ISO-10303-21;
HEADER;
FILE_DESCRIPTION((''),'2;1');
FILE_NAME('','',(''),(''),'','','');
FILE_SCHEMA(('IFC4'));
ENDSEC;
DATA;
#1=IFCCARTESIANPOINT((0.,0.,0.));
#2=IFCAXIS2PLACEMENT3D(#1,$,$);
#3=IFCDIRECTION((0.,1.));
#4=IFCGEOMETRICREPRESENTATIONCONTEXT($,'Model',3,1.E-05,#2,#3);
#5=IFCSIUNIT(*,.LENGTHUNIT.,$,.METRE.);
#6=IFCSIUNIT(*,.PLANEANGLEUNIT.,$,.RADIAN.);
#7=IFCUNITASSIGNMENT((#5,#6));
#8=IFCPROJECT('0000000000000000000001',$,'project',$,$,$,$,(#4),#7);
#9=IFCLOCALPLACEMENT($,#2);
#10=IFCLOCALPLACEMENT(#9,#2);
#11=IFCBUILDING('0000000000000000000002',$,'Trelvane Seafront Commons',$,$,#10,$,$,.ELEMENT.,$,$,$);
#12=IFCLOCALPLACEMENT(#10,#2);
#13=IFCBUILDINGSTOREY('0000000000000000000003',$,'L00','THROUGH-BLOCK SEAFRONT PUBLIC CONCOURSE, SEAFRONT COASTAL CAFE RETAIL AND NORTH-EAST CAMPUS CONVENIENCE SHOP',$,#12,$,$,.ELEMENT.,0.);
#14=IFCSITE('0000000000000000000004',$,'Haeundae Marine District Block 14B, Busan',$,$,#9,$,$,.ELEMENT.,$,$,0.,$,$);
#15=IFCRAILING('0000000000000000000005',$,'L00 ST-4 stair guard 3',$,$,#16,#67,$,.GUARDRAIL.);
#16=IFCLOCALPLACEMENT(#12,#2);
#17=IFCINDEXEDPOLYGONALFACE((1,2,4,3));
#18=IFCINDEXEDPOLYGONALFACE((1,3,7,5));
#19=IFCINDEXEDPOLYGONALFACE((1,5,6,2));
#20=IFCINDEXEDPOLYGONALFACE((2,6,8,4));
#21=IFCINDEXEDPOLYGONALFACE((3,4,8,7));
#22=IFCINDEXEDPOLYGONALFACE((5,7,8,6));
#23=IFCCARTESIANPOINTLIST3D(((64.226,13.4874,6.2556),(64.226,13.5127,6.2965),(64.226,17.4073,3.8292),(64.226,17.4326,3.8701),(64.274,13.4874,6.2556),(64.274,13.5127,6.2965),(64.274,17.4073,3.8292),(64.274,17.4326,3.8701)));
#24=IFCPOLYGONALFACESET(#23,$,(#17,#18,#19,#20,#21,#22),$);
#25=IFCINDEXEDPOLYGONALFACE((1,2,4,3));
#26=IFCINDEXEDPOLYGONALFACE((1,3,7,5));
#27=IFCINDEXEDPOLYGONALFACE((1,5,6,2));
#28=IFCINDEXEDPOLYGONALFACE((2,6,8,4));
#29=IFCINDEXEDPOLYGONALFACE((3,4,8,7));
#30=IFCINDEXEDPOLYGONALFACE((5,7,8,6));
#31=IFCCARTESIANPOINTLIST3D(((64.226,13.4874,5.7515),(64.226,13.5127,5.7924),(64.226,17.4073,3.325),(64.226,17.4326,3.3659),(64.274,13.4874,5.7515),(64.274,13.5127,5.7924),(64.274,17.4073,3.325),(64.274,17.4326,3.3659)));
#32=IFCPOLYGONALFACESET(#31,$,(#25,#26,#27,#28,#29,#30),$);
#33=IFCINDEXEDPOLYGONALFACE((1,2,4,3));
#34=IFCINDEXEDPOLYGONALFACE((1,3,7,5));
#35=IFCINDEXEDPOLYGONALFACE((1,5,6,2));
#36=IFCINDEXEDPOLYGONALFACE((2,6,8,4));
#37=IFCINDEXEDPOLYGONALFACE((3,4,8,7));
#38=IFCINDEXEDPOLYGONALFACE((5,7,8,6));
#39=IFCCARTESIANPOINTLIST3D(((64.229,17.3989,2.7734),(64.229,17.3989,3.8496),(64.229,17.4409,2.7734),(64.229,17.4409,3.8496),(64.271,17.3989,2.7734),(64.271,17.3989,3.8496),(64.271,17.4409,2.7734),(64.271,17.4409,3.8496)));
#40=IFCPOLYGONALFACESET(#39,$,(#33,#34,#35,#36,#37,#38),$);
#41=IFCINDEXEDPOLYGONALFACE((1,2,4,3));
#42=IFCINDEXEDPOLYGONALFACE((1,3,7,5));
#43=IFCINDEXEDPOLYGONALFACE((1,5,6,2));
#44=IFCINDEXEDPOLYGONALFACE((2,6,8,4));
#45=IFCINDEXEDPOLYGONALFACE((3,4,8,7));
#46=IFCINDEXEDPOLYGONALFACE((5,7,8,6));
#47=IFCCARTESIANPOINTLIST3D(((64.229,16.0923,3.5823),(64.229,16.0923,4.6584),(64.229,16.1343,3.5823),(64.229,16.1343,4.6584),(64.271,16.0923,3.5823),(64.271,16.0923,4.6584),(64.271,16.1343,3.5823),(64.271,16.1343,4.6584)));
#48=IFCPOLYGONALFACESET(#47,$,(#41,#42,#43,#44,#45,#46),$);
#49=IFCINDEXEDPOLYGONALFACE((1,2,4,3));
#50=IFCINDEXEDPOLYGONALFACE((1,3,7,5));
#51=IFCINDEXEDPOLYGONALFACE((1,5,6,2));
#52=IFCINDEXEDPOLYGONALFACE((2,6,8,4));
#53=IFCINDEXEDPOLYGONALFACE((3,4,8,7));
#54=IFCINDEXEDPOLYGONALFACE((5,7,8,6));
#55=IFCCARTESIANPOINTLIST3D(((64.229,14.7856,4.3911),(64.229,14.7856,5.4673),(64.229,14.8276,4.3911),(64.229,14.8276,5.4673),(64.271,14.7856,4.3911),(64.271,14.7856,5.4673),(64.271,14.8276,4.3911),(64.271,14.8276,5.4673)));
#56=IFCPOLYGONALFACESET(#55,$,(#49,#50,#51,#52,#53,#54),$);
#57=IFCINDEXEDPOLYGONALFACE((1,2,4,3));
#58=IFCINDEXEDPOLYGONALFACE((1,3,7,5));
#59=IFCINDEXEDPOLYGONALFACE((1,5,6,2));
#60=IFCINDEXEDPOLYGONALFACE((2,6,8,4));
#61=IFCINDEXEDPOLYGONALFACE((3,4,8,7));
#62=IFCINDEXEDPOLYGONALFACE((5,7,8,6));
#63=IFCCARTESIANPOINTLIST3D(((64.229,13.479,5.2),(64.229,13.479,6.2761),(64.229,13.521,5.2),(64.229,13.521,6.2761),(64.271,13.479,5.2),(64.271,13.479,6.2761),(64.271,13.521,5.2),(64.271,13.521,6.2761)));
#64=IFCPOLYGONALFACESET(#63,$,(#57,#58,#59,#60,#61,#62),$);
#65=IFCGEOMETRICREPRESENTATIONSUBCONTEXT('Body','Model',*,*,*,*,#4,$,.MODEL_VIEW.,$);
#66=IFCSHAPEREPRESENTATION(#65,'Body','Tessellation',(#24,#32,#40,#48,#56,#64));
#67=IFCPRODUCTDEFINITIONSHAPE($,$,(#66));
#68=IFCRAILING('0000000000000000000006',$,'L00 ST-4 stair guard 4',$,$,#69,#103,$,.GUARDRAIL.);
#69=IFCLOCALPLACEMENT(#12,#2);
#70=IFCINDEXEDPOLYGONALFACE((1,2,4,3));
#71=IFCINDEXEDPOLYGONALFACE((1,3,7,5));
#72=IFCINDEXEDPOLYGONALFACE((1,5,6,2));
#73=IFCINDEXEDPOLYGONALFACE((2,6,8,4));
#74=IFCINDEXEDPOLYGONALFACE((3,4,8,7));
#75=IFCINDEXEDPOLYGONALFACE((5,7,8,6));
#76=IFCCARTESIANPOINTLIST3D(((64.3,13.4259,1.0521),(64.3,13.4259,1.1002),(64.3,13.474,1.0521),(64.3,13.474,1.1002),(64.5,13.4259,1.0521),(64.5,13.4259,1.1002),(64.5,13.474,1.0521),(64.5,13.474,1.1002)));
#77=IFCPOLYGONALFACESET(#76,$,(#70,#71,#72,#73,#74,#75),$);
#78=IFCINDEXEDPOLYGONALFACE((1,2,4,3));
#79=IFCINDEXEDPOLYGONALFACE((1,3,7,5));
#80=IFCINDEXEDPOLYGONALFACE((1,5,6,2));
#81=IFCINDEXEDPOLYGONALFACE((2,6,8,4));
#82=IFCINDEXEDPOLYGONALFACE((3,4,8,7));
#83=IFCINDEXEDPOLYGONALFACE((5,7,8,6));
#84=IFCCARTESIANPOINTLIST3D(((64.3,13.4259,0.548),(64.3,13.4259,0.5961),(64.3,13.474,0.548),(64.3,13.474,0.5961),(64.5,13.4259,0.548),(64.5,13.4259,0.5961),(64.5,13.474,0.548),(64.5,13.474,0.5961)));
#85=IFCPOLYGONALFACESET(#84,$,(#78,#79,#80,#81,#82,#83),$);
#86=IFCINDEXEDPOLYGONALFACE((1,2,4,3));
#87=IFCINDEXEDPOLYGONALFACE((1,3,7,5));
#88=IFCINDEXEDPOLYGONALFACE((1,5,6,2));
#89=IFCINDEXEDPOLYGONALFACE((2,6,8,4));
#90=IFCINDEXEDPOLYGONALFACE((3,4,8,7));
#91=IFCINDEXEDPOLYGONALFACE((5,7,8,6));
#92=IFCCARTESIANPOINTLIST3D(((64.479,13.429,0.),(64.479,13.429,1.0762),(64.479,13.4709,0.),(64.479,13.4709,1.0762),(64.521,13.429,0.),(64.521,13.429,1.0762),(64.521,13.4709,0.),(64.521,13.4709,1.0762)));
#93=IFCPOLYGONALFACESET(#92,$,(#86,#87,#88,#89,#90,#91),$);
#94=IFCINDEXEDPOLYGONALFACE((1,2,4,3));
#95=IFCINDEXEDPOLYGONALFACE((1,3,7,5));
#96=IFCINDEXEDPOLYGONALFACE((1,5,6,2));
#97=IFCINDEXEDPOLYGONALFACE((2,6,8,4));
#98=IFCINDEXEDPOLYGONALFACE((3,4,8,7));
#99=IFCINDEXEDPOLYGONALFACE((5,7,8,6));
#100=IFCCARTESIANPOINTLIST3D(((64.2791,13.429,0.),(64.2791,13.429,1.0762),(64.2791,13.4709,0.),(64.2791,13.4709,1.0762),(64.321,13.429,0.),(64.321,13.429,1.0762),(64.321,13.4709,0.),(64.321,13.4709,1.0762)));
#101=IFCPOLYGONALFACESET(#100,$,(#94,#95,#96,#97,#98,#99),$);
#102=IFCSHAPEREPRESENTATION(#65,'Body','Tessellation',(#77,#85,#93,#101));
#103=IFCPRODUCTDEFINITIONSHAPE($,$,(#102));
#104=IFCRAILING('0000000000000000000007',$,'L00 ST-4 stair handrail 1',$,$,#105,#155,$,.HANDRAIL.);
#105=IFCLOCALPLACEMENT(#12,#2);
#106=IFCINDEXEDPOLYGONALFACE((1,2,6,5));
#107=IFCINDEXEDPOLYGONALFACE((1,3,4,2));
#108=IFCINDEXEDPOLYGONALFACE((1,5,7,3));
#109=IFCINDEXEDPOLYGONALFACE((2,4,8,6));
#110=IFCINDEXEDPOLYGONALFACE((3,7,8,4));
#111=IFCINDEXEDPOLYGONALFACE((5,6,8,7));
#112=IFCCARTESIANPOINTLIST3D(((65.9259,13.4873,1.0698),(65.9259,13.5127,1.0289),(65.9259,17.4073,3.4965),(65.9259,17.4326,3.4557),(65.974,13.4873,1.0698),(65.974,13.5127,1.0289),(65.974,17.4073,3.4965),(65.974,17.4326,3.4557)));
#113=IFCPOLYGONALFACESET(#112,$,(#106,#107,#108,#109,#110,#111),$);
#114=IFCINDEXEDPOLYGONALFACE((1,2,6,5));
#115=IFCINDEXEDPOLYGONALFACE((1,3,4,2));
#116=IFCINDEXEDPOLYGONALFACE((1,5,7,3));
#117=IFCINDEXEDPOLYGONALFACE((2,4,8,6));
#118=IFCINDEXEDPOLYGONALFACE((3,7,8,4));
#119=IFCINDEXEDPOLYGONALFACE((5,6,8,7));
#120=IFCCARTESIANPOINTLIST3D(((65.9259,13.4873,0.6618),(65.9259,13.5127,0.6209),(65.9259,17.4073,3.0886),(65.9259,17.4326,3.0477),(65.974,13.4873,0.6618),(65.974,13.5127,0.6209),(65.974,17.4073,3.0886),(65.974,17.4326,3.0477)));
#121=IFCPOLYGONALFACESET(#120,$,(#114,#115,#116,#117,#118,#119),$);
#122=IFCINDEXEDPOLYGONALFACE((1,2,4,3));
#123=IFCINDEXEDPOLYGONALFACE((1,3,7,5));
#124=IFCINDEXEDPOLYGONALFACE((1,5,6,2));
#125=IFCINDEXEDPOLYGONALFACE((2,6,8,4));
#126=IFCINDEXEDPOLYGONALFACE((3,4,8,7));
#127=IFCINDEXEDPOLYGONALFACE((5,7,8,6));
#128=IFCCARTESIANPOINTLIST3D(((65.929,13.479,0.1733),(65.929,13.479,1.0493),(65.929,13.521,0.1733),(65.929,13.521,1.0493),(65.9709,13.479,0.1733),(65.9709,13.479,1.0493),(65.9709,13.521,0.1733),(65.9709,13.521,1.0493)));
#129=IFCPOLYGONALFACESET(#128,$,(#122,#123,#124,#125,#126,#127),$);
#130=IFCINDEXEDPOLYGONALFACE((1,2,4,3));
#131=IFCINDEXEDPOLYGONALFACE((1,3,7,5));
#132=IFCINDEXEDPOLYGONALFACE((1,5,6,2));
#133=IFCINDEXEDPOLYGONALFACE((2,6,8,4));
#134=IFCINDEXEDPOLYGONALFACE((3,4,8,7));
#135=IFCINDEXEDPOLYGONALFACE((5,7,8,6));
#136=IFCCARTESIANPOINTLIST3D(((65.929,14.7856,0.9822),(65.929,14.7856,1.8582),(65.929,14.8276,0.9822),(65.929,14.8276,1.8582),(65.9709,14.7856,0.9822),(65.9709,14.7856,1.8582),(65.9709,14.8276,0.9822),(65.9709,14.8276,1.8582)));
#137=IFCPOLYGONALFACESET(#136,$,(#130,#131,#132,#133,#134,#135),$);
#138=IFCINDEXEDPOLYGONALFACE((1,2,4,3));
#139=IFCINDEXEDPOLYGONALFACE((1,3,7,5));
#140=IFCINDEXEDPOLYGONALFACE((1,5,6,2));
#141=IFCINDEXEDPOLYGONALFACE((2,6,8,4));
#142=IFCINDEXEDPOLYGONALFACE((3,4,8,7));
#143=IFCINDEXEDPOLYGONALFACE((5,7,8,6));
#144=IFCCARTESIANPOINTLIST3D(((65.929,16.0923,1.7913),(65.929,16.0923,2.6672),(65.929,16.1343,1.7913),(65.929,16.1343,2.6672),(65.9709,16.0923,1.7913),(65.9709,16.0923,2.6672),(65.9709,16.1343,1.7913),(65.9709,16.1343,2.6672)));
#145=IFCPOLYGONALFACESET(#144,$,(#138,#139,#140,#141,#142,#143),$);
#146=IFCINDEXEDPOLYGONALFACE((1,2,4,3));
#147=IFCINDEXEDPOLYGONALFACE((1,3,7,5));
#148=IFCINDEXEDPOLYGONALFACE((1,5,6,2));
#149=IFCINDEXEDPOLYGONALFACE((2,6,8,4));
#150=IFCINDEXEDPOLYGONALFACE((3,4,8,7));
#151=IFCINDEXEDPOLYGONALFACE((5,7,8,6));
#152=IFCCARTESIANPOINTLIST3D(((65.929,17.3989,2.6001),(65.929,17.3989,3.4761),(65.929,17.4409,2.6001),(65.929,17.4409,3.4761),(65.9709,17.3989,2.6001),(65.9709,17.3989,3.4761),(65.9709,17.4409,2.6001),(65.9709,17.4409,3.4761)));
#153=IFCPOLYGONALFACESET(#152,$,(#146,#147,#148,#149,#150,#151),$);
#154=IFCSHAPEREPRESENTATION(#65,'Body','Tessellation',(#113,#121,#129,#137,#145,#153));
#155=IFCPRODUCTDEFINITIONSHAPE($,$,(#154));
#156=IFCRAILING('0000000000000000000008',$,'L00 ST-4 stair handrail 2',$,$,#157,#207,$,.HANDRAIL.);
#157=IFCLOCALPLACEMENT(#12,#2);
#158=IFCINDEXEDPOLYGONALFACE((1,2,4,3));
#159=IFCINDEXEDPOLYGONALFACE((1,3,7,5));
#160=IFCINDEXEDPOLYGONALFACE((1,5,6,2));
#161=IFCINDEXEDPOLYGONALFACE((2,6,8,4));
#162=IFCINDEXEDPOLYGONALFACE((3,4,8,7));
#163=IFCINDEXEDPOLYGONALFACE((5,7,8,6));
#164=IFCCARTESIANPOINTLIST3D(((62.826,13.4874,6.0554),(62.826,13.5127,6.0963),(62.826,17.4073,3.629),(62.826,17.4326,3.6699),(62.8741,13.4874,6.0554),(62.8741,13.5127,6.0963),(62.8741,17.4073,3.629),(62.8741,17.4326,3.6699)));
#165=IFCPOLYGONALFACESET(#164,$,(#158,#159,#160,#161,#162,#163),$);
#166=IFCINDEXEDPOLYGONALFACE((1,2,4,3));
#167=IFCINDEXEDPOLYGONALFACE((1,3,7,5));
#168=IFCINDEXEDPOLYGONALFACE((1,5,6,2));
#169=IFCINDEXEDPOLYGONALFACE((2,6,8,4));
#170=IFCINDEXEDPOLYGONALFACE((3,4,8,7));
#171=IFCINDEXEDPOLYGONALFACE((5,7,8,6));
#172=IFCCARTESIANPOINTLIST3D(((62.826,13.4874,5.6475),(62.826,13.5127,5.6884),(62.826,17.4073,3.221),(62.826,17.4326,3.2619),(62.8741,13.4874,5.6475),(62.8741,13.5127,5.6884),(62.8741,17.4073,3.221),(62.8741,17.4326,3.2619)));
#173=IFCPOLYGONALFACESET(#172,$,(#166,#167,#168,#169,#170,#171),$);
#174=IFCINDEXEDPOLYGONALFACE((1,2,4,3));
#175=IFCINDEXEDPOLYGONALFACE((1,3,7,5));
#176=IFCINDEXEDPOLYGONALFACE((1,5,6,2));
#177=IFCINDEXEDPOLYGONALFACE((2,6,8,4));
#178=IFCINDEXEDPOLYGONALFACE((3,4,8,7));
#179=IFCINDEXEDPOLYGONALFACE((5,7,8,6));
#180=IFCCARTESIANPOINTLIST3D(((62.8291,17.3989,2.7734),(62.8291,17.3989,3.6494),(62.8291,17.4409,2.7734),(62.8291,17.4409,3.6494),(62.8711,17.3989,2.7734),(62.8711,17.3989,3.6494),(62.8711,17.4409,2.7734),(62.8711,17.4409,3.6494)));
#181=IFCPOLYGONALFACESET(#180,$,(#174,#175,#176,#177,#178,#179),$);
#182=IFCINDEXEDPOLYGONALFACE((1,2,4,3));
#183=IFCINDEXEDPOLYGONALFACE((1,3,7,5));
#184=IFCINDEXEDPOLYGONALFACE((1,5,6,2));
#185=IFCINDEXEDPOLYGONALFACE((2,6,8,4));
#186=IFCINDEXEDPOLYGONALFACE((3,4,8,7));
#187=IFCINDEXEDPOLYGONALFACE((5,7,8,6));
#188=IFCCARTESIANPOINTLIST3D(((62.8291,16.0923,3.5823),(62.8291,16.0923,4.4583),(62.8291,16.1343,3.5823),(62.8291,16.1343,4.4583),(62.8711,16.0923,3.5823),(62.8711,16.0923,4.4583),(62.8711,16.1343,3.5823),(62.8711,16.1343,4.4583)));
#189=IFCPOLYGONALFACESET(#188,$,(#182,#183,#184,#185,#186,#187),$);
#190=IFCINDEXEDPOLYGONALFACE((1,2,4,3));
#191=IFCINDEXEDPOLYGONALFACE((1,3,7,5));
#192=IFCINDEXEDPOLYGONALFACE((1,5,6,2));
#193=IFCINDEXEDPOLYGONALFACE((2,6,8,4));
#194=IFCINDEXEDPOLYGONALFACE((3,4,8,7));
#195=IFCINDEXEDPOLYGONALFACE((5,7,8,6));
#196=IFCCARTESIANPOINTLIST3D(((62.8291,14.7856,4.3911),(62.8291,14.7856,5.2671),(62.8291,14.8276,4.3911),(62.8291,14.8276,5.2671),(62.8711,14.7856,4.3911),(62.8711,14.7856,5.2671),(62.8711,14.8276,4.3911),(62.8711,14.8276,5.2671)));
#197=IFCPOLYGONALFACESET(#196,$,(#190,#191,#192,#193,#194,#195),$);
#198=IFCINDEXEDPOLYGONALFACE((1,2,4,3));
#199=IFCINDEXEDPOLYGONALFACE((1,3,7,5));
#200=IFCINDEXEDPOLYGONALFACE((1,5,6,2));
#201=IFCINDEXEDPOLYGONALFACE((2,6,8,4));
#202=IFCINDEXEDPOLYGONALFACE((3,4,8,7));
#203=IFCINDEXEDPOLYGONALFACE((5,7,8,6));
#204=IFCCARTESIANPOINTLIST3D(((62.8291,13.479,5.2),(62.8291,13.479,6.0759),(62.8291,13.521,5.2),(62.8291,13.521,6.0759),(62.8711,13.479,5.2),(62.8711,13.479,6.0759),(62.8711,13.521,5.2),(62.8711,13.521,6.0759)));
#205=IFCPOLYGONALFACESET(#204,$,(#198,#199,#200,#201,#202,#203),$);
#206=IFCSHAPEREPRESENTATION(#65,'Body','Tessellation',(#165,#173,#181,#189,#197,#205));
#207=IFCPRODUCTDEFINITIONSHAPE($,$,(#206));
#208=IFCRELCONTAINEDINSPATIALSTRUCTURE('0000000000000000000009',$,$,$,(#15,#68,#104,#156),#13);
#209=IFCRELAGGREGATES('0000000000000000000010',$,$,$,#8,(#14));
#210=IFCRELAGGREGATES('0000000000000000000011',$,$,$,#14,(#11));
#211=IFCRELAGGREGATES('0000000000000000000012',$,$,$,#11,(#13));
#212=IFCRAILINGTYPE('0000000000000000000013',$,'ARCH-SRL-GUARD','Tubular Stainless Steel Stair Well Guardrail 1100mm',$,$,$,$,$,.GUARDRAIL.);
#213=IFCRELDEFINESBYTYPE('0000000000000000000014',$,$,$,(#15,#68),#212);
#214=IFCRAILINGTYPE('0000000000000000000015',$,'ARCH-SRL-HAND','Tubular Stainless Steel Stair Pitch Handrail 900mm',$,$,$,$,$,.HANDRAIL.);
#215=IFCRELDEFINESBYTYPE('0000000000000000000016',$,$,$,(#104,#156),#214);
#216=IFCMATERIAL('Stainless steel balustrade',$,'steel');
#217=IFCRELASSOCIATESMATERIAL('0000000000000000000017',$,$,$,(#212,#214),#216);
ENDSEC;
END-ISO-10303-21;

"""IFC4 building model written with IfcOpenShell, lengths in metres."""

from ifc_helpers import new_model, si_unit, direction, frame, origin, origin_2d, place, context, subcontext, project, spatial, rectangle, extrude, material, type_object, element, save


model = new_model("IFC4")

# Units and contexts
model_context = context("Model", 3, precision=1e-05, world=origin(), true_north=direction((0.0, 1.0)))
body_context = subcontext(model_context, "Body", "Model", "MODEL_VIEW")
ifc_project = project(units=[si_unit("LENGTHUNIT", "METRE"), si_unit("PLANEANGLEUNIT", "RADIAN")], contexts=[model_context])

# Site, building, storey
site_placement = place(None, origin())
site = spatial("IfcSite", under=ifc_project, at=site_placement, Name="Haeundae Marine District Block 14B, Busan", CompositionType="ELEMENT", RefElevation=0.0)
building_placement = place(site_placement, origin())
building = spatial("IfcBuilding", under=site, at=building_placement, Name="Trelvane Seafront Commons", CompositionType="ELEMENT")
storey_placement = place(building_placement, origin())
storey = spatial("IfcBuildingStorey", under=building, at=storey_placement, Name="L00", Description="THROUGH-BLOCK SEAFRONT PUBLIC CONCOURSE, SEAFRONT COASTAL CAFE RETAIL AND NORTH-EAST CAMPUS CONVENIENCE SHOP", CompositionType="ELEMENT", Elevation=0.0)

# Railings
ifc_material_1 = material(Name="Stainless steel balustrade", Category="steel")
railing_type_1 = type_object("IfcRailingType", Name="ARCH-SRL-GUARD", Description="Tubular Stainless Steel Stair Well Guardrail 1100mm", PredefinedType="GUARDRAIL", material=ifc_material_1)
railing_1_placement = place(storey_placement, frame((64.25, 17.4199, 2.7734)))
element("IfcRailing", 1, at=railing_1_placement, inside=storey, type_object=railing_type_1, Name="L00 ST-4 stair guard 3", PredefinedType="GUARDRAIL", context=body_context, shape_type="SweptSolid", body=[
    extrude(rectangle(XDim=0.0481, YDim=0.0481, at=origin_2d()), frame((0.0, 0.0, 1.0762), z_axis=(0.0, -0.850275, 0.526338), x_axis=(1.0, 0.0, 0.0)), (0.0, 0.0, 1.0), 4.6101),
    extrude(rectangle(XDim=0.0481, YDim=0.0481, at=origin_2d()), frame((0.0, 0.0, 0.572), z_axis=(0.0, -0.850275, 0.526338), x_axis=(1.0, 0.0, 0.0)), (0.0, 0.0, 1.0), 4.6101),
    extrude(rectangle(XDim=0.042, YDim=0.042, at=origin_2d()), origin(), (0.0, 0.0, 1.0), 1.0762),
    extrude(rectangle(XDim=0.042, YDim=0.042, at=origin_2d()), frame((0.0, -1.3066, 0.8088)), (0.0, 0.0, 1.0), 1.0762),
    extrude(rectangle(XDim=0.042, YDim=0.042, at=origin_2d()), frame((0.0, -2.6133, 1.6177)), (0.0, 0.0, 1.0), 1.0762),
    extrude(rectangle(XDim=0.042, YDim=0.042, at=origin_2d()), frame((0.0, -3.9199, 2.4265)), (0.0, 0.0, 1.0), 1.0762),
])
railing_2_placement = place(storey_placement, frame((64.5, 13.45, 0.0)))
element("IfcRailing", 2, at=railing_2_placement, inside=storey, type_object=railing_type_1, Name="L00 ST-4 stair guard 4", PredefinedType="GUARDRAIL", context=body_context, shape_type="SweptSolid", body=[
    extrude(rectangle(XDim=0.0481, YDim=0.0481, at=origin_2d()), frame((0.0, 0.0, 1.0762), z_axis=(-1.0, 0.0, 0.0), x_axis=(0.0, -1.0, 0.0)), (0.0, 0.0, 1.0), 0.2),
    extrude(rectangle(XDim=0.0481, YDim=0.0481, at=origin_2d()), frame((0.0, 0.0, 0.572), z_axis=(-1.0, 0.0, 0.0), x_axis=(0.0, -1.0, 0.0)), (0.0, 0.0, 1.0), 0.2),
    extrude(rectangle(XDim=0.042, YDim=0.042, at=origin_2d()), origin(), (0.0, 0.0, 1.0), 1.0762),
    extrude(rectangle(XDim=0.042, YDim=0.042, at=origin_2d()), frame((-0.2, 0.0, 0.0)), (0.0, 0.0, 1.0), 1.0762),
])
railing_type_2 = type_object("IfcRailingType", Name="ARCH-SRL-HAND", Description="Tubular Stainless Steel Stair Pitch Handrail 900mm", PredefinedType="HANDRAIL", material=ifc_material_1)
railing_3_placement = place(storey_placement, frame((65.95, 13.5, 0.1733)))
element("IfcRailing", 3, at=railing_3_placement, inside=storey, type_object=railing_type_2, Name="L00 ST-4 stair handrail 1", PredefinedType="HANDRAIL", context=body_context, shape_type="SweptSolid", body=[
    extrude(rectangle(XDim=0.0481, YDim=0.0481, at=origin_2d()), frame((0.0, 0.0, 0.876), z_axis=(0.0, 0.850252, 0.526376), x_axis=(-1.0, 0.0, 0.0)), (0.0, 0.0, 1.0), 4.6104),
    extrude(rectangle(XDim=0.0481, YDim=0.0481, at=origin_2d()), frame((0.0, 0.0, 0.468), z_axis=(0.0, 0.850252, 0.526376), x_axis=(-1.0, 0.0, 0.0)), (0.0, 0.0, 1.0), 4.6104),
    extrude(rectangle(XDim=0.042, YDim=0.042, at=origin_2d()), origin(), (0.0, 0.0, 1.0), 0.876),
    extrude(rectangle(XDim=0.042, YDim=0.042, at=origin_2d()), frame((0.0, 1.3066, 0.8088)), (0.0, 0.0, 1.0), 0.876),
    extrude(rectangle(XDim=0.042, YDim=0.042, at=origin_2d()), frame((0.0, 2.6133, 1.6179)), (0.0, 0.0, 1.0), 0.876),
    extrude(rectangle(XDim=0.042, YDim=0.042, at=origin_2d()), frame((0.0, 3.9199, 2.4268)), (0.0, 0.0, 1.0), 0.876),
])
railing_4_placement = place(storey_placement, frame((62.8501, 17.4199, 2.7734)))
element("IfcRailing", 4, at=railing_4_placement, inside=storey, type_object=railing_type_2, Name="L00 ST-4 stair handrail 2", PredefinedType="HANDRAIL", context=body_context, shape_type="SweptSolid", body=[
    extrude(rectangle(XDim=0.0481, YDim=0.0481, at=origin_2d()), frame((0.0, 0.0, 0.876), z_axis=(0.0, -0.850275, 0.526338), x_axis=(1.0, 0.0, 0.0)), (0.0, 0.0, 1.0), 4.6101),
    extrude(rectangle(XDim=0.0481, YDim=0.0481, at=origin_2d()), frame((0.0, 0.0, 0.468), z_axis=(0.0, -0.850275, 0.526338), x_axis=(1.0, 0.0, 0.0)), (0.0, 0.0, 1.0), 4.6101),
    extrude(rectangle(XDim=0.042, YDim=0.042, at=origin_2d()), origin(), (0.0, 0.0, 1.0), 0.876),
    extrude(rectangle(XDim=0.042, YDim=0.042, at=origin_2d()), frame((0.0, -1.3066, 0.8088)), (0.0, 0.0, 1.0), 0.876),
    extrude(rectangle(XDim=0.042, YDim=0.042, at=origin_2d()), frame((0.0, -2.6133, 1.6177)), (0.0, 0.0, 1.0), 0.876),
    extrude(rectangle(XDim=0.042, YDim=0.042, at=origin_2d()), frame((0.0, -3.9199, 2.4265)), (0.0, 0.0, 1.0), 0.876),
])

save(model, "model.ifc")
